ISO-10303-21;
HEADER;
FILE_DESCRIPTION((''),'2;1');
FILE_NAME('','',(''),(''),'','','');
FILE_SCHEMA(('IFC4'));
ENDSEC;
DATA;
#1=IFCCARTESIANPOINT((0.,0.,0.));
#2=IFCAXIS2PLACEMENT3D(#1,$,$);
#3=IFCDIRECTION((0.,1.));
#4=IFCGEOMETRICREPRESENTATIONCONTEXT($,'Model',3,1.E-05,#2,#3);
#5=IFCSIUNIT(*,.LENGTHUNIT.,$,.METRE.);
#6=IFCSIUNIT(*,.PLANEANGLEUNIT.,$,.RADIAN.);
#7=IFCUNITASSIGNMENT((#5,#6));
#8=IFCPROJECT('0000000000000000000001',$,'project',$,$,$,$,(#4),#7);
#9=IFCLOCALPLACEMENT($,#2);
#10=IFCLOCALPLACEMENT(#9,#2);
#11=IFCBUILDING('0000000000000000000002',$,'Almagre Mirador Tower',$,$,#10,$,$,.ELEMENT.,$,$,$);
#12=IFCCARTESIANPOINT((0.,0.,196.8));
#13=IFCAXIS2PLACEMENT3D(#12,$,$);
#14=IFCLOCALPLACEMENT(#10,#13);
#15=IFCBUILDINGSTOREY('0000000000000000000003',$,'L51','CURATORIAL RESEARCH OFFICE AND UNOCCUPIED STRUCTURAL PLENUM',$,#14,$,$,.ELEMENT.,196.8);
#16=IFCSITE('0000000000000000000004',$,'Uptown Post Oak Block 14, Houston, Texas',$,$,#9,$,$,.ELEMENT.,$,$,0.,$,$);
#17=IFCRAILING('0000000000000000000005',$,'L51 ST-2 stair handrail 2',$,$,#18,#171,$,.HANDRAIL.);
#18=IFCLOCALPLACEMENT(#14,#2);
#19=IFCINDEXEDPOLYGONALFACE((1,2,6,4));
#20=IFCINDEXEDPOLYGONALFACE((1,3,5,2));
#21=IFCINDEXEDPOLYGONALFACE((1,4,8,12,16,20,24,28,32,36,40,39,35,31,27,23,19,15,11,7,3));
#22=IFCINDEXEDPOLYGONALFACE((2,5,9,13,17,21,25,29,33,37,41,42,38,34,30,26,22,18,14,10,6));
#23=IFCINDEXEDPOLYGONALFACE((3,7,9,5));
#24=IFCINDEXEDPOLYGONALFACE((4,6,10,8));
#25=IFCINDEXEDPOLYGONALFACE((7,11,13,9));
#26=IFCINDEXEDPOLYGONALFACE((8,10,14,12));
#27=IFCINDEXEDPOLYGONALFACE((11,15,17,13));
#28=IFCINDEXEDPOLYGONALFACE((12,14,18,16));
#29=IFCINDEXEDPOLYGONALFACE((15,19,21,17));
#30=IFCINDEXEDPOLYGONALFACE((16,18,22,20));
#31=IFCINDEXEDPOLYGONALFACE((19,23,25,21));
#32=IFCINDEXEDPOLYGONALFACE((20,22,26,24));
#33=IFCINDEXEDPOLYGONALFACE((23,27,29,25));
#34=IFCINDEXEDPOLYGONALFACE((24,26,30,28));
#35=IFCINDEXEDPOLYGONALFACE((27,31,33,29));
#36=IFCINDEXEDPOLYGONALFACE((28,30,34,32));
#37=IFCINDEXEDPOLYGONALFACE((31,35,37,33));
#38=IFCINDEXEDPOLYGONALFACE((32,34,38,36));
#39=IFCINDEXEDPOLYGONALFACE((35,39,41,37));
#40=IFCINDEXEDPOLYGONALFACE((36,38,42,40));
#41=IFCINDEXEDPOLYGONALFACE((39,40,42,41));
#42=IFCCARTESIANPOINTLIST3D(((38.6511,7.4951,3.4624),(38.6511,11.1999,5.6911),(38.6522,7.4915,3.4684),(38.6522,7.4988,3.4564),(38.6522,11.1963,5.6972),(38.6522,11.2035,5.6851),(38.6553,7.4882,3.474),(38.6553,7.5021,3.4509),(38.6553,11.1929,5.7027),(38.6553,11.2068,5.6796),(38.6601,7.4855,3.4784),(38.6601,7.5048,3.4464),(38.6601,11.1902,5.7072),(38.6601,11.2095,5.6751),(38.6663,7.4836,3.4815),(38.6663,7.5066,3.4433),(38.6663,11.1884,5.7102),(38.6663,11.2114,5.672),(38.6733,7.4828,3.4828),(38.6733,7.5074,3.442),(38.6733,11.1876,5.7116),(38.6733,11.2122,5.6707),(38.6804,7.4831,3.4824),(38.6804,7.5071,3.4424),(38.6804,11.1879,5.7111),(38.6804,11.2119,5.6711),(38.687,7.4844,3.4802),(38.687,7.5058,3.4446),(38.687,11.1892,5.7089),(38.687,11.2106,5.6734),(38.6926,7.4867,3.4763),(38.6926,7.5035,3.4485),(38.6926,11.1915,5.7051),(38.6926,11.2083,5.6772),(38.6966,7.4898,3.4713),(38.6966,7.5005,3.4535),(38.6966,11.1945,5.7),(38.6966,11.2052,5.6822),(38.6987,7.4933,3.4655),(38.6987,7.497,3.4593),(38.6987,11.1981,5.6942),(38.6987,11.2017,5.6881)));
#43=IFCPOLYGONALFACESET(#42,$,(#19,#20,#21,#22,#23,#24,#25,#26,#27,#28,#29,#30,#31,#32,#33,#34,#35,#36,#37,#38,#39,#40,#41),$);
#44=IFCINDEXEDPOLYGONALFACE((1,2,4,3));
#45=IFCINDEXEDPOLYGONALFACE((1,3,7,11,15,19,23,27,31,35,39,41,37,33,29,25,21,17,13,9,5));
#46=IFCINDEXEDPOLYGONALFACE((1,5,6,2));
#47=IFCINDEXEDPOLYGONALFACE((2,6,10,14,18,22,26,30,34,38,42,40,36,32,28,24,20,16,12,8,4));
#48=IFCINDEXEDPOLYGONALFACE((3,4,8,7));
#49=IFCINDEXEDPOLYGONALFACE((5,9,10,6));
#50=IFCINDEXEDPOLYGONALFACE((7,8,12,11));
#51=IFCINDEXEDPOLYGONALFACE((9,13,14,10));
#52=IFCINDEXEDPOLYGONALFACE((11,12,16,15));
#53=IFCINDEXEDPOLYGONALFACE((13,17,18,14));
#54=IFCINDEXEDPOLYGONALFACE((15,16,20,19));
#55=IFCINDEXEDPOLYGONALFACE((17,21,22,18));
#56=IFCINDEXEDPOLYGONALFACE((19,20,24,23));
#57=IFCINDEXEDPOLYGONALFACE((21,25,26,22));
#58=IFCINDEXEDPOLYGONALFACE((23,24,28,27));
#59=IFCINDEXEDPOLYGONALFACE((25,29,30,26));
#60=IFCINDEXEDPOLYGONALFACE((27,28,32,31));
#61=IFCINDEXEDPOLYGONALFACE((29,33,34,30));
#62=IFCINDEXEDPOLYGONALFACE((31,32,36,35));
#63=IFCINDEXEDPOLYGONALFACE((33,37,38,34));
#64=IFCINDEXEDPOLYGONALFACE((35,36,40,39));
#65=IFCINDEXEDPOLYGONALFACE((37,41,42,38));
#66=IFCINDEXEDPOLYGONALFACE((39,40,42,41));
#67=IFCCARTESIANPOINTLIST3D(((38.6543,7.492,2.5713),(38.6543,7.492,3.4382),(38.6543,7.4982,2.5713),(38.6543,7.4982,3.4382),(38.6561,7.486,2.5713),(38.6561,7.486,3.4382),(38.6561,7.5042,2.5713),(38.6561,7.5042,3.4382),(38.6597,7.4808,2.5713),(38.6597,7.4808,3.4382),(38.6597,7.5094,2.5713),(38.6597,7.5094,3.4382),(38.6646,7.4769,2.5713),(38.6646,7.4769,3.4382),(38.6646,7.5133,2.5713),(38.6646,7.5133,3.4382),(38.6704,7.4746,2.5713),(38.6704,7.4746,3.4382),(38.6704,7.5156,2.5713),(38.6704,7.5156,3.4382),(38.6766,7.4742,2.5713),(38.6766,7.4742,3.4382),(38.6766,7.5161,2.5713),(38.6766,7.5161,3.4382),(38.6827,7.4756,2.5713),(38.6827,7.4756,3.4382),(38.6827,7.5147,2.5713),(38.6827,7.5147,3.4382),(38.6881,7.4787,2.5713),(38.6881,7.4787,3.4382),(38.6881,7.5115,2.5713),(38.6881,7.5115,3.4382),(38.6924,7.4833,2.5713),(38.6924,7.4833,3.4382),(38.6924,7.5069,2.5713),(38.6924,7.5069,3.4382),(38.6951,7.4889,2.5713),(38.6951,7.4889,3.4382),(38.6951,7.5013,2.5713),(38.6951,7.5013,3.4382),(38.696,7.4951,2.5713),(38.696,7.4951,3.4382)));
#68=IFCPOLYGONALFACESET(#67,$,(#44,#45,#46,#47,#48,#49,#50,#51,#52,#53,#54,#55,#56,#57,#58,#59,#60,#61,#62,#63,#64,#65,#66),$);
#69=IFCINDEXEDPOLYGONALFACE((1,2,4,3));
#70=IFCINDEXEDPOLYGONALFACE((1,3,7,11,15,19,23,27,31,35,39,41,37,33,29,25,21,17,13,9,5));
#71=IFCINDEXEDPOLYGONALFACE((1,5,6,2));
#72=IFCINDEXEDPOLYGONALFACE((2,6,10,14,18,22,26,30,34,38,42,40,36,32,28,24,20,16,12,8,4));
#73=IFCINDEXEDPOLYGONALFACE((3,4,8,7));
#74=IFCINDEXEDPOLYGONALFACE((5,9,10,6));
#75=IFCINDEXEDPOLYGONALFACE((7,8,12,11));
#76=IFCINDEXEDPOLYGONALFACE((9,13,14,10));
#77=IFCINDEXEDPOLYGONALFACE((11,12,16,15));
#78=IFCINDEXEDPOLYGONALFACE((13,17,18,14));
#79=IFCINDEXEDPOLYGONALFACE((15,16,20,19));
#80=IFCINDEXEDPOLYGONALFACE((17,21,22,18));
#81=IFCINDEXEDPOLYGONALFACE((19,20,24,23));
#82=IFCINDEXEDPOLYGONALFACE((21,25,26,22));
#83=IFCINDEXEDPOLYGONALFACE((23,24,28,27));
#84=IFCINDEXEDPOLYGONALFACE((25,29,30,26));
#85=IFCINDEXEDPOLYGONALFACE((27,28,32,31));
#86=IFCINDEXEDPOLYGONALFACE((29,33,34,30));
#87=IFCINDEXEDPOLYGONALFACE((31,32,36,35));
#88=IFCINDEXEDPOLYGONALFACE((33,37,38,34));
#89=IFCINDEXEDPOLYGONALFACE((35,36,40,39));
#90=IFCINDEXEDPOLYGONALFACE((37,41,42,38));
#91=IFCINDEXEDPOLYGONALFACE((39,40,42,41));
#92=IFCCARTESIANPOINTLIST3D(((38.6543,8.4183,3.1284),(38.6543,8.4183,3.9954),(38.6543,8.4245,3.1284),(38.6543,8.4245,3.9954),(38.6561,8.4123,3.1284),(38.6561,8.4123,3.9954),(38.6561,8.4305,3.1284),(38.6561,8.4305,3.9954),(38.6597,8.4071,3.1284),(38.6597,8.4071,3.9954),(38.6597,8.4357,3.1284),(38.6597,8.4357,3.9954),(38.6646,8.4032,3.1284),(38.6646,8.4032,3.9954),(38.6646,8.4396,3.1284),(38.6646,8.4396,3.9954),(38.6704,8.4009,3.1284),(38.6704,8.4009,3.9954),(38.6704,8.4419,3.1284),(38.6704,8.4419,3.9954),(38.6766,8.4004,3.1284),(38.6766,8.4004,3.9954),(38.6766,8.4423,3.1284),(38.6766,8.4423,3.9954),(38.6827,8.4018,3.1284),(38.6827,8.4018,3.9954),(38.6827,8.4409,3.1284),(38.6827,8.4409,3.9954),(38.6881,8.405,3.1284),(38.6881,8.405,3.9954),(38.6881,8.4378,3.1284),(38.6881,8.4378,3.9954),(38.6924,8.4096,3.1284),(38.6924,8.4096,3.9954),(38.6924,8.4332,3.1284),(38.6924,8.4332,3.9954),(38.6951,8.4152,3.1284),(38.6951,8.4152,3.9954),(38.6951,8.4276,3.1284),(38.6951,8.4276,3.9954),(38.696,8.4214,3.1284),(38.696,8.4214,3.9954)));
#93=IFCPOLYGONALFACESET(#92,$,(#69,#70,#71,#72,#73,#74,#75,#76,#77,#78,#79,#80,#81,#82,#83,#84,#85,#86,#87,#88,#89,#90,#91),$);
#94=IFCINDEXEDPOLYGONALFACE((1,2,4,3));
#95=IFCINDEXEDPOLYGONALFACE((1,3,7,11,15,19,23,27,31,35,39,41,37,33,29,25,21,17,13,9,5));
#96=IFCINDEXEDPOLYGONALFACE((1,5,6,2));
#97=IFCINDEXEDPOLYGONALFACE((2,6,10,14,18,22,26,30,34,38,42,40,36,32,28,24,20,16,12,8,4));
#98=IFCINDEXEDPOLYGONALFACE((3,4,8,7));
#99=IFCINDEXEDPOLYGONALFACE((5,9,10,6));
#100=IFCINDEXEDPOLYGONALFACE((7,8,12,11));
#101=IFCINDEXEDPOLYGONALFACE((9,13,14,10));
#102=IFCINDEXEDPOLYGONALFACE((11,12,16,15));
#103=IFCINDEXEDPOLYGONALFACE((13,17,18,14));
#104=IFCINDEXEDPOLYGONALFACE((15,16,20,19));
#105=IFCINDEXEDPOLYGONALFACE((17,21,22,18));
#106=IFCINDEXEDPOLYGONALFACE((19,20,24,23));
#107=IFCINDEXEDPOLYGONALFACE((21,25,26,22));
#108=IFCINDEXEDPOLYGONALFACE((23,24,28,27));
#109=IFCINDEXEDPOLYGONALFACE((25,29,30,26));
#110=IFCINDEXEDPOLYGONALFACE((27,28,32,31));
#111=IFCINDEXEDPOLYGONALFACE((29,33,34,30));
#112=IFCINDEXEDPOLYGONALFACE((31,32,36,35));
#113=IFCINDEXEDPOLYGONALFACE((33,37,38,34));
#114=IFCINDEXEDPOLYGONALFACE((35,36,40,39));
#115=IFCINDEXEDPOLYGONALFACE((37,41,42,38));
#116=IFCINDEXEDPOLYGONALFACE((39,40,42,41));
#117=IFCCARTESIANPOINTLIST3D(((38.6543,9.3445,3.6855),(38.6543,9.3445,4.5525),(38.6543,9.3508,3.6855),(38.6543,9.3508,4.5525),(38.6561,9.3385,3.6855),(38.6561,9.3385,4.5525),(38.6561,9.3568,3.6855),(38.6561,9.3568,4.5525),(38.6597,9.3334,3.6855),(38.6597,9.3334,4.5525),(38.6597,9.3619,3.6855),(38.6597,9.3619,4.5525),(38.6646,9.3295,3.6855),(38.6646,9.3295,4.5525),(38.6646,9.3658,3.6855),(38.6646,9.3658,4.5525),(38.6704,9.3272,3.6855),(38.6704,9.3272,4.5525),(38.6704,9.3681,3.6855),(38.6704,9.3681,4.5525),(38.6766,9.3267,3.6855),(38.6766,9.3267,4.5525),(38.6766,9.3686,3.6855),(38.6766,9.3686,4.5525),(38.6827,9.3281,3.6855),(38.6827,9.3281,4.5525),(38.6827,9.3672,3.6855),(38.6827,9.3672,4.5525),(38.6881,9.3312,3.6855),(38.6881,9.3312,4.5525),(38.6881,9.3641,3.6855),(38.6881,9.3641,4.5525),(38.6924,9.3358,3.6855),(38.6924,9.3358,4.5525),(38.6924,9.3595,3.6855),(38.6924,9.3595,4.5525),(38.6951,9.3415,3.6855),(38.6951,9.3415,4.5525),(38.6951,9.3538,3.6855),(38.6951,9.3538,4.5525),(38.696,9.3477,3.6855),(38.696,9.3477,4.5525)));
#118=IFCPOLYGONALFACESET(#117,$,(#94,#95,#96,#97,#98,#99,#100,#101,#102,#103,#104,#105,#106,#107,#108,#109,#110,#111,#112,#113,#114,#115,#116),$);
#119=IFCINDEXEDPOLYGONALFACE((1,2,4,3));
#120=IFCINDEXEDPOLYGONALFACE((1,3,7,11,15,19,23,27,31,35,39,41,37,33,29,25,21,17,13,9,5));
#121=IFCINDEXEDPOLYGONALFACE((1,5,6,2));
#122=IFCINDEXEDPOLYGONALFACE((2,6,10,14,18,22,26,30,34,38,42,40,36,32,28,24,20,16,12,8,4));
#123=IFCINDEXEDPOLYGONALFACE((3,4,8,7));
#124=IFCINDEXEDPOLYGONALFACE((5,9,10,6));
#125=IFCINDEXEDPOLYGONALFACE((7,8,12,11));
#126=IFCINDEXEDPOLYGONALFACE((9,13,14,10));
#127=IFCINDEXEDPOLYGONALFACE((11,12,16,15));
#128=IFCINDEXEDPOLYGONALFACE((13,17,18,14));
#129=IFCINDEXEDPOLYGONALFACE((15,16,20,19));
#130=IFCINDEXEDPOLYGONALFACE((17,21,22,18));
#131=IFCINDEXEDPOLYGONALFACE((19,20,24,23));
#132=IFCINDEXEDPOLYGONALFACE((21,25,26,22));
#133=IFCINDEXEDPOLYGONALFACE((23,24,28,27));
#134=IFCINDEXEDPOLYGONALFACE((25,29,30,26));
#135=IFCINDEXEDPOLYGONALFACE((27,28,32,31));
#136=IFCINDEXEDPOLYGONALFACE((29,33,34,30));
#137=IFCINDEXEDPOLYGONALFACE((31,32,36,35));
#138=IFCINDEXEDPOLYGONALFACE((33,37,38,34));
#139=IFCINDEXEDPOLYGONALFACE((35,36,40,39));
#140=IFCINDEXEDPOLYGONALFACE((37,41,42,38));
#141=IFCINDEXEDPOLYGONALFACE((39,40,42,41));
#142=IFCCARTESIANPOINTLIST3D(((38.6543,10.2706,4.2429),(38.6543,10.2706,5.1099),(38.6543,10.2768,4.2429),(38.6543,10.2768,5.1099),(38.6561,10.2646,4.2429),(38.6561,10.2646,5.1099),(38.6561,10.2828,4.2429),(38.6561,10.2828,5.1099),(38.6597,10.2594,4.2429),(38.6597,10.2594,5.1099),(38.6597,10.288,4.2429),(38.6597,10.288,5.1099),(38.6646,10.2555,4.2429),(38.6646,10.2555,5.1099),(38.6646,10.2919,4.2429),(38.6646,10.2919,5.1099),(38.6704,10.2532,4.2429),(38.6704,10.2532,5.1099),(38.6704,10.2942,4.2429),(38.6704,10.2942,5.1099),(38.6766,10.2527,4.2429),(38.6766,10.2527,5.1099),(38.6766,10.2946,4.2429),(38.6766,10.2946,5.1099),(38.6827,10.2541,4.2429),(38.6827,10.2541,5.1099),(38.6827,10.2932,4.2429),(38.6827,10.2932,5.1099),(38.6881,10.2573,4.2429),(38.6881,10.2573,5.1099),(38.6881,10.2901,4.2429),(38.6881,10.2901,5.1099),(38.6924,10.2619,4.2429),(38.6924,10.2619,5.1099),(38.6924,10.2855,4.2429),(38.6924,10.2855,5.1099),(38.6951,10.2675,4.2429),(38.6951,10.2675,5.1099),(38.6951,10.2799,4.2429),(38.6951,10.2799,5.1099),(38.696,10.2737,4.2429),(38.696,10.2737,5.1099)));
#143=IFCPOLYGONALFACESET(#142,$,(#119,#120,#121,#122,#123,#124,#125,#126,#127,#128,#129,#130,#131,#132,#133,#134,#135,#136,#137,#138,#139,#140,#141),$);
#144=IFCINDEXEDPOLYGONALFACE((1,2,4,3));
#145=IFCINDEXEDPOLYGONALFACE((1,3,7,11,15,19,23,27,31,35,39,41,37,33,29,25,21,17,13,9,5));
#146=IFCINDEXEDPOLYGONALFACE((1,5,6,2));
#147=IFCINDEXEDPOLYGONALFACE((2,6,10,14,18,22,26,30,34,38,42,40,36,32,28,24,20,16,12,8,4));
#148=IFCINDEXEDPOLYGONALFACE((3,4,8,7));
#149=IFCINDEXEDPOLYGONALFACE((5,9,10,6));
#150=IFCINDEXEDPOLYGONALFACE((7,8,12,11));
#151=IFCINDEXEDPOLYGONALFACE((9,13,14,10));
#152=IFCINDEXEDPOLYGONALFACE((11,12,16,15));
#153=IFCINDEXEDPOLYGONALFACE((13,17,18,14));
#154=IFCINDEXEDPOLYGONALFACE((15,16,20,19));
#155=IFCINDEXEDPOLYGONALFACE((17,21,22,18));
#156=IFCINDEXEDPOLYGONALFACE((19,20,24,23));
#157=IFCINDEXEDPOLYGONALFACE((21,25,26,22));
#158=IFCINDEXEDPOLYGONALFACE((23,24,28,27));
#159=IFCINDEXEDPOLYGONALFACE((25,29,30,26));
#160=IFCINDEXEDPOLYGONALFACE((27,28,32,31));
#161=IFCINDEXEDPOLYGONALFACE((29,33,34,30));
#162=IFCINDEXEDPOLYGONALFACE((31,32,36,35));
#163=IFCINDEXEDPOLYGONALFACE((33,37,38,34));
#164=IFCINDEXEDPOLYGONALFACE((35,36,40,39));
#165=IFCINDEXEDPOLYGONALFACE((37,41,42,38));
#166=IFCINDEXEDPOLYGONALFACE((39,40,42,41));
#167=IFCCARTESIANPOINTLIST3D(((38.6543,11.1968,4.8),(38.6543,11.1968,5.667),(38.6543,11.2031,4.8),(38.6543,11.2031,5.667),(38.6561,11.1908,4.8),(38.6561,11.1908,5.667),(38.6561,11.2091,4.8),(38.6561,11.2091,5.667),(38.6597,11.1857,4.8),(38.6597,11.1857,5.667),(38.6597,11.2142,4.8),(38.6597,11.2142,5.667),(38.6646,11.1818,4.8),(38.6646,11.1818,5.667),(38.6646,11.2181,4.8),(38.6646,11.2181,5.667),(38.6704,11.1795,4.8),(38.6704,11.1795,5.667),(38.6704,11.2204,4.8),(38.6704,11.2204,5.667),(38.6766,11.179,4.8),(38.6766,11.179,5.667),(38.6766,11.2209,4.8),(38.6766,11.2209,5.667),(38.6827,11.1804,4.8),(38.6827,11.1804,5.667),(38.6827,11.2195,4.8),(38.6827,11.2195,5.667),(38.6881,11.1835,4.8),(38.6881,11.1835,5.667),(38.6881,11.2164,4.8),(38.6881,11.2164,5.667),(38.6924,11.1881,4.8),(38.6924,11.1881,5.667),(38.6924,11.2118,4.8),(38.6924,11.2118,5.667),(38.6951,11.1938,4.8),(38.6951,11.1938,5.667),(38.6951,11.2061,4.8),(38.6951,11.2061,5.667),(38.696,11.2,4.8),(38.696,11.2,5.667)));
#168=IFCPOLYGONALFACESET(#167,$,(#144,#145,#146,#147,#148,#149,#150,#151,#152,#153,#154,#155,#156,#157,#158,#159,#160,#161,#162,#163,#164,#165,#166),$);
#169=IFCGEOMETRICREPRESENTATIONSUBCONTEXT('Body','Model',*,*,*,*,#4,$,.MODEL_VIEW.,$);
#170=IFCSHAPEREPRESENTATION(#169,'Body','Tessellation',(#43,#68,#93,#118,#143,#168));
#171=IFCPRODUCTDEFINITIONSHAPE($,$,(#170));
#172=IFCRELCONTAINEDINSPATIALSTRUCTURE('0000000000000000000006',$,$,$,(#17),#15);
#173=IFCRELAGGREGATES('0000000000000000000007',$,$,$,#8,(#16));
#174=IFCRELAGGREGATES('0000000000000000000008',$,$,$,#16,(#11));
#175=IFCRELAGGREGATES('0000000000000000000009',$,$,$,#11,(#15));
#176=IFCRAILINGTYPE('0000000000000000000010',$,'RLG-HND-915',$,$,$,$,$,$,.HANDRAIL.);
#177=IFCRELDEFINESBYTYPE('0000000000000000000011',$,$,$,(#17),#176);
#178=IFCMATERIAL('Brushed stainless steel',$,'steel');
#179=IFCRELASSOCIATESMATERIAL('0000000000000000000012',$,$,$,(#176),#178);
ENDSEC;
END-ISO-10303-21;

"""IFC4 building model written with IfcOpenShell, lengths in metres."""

from ifc_helpers import new_model, si_unit, direction, frame, origin, origin_2d, place, context, subcontext, project, spatial, circle, extrude, material, type_object, element, save


model = new_model("IFC4")

# Units and contexts
model_context = context("Model", 3, precision=1e-05, world=origin(), true_north=direction((0.0, 1.0)))
body_context = subcontext(model_context, "Body", "Model", "MODEL_VIEW")
ifc_project = project(units=[si_unit("LENGTHUNIT", "METRE"), si_unit("PLANEANGLEUNIT", "RADIAN")], contexts=[model_context])

# Site, building, storey
site_placement = place(None, origin())
site = spatial("IfcSite", under=ifc_project, at=site_placement, Name="Uptown Post Oak Block 14, Houston, Texas", CompositionType="ELEMENT", RefElevation=0.0)
building_placement = place(site_placement, origin())
building = spatial("IfcBuilding", under=site, at=building_placement, Name="Almagre Mirador Tower", CompositionType="ELEMENT")
storey_placement = place(building_placement, frame((0.0, 0.0, 196.8)))
storey = spatial("IfcBuildingStorey", under=building, at=storey_placement, Name="L51", Description="CURATORIAL RESEARCH OFFICE AND UNOCCUPIED STRUCTURAL PLENUM", CompositionType="ELEMENT", Elevation=196.8)

# Railing
ifc_material_1 = material(Name="Brushed stainless steel", Category="steel")
railing_type_1 = type_object("IfcRailingType", Name="RLG-HND-915", PredefinedType="HANDRAIL", material=ifc_material_1)
railing_1_placement = place(storey_placement, frame((38.675, 7.4951, 2.5713)))
element("IfcRailing", 1, at=railing_1_placement, inside=storey, type_object=railing_type_1, Name="L51 ST-2 stair handrail 2", PredefinedType="HANDRAIL", context=body_context, shape_type="SweptSolid", body=[
    extrude(circle(Radius=0.0239, at=origin_2d()), frame((0.0, 0.0, 0.8911), z_axis=(0.0, 0.856894, 0.515492), x_axis=(-1.0, 0.0, 0.0)), (0.0, 0.0, 1.0), 4.3235),
    extrude(circle(Radius=0.021, at=origin_2d()), origin(), (0.0, 0.0, 1.0), 0.8669),
    extrude(circle(Radius=0.021, at=origin_2d()), frame((0.0, 0.9263, 0.5571)), (0.0, 0.0, 1.0), 0.8669),
    extrude(circle(Radius=0.021, at=origin_2d()), frame((0.0, 1.8525, 1.1143)), (0.0, 0.0, 1.0), 0.8669),
    extrude(circle(Radius=0.021, at=origin_2d()), frame((0.0, 2.7786, 1.6716)), (0.0, 0.0, 1.0), 0.8669),
    extrude(circle(Radius=0.021, at=origin_2d()), frame((0.0, 3.7048, 2.2288)), (0.0, 0.0, 1.0), 0.8669),
])

save(model, "model.ifc")
